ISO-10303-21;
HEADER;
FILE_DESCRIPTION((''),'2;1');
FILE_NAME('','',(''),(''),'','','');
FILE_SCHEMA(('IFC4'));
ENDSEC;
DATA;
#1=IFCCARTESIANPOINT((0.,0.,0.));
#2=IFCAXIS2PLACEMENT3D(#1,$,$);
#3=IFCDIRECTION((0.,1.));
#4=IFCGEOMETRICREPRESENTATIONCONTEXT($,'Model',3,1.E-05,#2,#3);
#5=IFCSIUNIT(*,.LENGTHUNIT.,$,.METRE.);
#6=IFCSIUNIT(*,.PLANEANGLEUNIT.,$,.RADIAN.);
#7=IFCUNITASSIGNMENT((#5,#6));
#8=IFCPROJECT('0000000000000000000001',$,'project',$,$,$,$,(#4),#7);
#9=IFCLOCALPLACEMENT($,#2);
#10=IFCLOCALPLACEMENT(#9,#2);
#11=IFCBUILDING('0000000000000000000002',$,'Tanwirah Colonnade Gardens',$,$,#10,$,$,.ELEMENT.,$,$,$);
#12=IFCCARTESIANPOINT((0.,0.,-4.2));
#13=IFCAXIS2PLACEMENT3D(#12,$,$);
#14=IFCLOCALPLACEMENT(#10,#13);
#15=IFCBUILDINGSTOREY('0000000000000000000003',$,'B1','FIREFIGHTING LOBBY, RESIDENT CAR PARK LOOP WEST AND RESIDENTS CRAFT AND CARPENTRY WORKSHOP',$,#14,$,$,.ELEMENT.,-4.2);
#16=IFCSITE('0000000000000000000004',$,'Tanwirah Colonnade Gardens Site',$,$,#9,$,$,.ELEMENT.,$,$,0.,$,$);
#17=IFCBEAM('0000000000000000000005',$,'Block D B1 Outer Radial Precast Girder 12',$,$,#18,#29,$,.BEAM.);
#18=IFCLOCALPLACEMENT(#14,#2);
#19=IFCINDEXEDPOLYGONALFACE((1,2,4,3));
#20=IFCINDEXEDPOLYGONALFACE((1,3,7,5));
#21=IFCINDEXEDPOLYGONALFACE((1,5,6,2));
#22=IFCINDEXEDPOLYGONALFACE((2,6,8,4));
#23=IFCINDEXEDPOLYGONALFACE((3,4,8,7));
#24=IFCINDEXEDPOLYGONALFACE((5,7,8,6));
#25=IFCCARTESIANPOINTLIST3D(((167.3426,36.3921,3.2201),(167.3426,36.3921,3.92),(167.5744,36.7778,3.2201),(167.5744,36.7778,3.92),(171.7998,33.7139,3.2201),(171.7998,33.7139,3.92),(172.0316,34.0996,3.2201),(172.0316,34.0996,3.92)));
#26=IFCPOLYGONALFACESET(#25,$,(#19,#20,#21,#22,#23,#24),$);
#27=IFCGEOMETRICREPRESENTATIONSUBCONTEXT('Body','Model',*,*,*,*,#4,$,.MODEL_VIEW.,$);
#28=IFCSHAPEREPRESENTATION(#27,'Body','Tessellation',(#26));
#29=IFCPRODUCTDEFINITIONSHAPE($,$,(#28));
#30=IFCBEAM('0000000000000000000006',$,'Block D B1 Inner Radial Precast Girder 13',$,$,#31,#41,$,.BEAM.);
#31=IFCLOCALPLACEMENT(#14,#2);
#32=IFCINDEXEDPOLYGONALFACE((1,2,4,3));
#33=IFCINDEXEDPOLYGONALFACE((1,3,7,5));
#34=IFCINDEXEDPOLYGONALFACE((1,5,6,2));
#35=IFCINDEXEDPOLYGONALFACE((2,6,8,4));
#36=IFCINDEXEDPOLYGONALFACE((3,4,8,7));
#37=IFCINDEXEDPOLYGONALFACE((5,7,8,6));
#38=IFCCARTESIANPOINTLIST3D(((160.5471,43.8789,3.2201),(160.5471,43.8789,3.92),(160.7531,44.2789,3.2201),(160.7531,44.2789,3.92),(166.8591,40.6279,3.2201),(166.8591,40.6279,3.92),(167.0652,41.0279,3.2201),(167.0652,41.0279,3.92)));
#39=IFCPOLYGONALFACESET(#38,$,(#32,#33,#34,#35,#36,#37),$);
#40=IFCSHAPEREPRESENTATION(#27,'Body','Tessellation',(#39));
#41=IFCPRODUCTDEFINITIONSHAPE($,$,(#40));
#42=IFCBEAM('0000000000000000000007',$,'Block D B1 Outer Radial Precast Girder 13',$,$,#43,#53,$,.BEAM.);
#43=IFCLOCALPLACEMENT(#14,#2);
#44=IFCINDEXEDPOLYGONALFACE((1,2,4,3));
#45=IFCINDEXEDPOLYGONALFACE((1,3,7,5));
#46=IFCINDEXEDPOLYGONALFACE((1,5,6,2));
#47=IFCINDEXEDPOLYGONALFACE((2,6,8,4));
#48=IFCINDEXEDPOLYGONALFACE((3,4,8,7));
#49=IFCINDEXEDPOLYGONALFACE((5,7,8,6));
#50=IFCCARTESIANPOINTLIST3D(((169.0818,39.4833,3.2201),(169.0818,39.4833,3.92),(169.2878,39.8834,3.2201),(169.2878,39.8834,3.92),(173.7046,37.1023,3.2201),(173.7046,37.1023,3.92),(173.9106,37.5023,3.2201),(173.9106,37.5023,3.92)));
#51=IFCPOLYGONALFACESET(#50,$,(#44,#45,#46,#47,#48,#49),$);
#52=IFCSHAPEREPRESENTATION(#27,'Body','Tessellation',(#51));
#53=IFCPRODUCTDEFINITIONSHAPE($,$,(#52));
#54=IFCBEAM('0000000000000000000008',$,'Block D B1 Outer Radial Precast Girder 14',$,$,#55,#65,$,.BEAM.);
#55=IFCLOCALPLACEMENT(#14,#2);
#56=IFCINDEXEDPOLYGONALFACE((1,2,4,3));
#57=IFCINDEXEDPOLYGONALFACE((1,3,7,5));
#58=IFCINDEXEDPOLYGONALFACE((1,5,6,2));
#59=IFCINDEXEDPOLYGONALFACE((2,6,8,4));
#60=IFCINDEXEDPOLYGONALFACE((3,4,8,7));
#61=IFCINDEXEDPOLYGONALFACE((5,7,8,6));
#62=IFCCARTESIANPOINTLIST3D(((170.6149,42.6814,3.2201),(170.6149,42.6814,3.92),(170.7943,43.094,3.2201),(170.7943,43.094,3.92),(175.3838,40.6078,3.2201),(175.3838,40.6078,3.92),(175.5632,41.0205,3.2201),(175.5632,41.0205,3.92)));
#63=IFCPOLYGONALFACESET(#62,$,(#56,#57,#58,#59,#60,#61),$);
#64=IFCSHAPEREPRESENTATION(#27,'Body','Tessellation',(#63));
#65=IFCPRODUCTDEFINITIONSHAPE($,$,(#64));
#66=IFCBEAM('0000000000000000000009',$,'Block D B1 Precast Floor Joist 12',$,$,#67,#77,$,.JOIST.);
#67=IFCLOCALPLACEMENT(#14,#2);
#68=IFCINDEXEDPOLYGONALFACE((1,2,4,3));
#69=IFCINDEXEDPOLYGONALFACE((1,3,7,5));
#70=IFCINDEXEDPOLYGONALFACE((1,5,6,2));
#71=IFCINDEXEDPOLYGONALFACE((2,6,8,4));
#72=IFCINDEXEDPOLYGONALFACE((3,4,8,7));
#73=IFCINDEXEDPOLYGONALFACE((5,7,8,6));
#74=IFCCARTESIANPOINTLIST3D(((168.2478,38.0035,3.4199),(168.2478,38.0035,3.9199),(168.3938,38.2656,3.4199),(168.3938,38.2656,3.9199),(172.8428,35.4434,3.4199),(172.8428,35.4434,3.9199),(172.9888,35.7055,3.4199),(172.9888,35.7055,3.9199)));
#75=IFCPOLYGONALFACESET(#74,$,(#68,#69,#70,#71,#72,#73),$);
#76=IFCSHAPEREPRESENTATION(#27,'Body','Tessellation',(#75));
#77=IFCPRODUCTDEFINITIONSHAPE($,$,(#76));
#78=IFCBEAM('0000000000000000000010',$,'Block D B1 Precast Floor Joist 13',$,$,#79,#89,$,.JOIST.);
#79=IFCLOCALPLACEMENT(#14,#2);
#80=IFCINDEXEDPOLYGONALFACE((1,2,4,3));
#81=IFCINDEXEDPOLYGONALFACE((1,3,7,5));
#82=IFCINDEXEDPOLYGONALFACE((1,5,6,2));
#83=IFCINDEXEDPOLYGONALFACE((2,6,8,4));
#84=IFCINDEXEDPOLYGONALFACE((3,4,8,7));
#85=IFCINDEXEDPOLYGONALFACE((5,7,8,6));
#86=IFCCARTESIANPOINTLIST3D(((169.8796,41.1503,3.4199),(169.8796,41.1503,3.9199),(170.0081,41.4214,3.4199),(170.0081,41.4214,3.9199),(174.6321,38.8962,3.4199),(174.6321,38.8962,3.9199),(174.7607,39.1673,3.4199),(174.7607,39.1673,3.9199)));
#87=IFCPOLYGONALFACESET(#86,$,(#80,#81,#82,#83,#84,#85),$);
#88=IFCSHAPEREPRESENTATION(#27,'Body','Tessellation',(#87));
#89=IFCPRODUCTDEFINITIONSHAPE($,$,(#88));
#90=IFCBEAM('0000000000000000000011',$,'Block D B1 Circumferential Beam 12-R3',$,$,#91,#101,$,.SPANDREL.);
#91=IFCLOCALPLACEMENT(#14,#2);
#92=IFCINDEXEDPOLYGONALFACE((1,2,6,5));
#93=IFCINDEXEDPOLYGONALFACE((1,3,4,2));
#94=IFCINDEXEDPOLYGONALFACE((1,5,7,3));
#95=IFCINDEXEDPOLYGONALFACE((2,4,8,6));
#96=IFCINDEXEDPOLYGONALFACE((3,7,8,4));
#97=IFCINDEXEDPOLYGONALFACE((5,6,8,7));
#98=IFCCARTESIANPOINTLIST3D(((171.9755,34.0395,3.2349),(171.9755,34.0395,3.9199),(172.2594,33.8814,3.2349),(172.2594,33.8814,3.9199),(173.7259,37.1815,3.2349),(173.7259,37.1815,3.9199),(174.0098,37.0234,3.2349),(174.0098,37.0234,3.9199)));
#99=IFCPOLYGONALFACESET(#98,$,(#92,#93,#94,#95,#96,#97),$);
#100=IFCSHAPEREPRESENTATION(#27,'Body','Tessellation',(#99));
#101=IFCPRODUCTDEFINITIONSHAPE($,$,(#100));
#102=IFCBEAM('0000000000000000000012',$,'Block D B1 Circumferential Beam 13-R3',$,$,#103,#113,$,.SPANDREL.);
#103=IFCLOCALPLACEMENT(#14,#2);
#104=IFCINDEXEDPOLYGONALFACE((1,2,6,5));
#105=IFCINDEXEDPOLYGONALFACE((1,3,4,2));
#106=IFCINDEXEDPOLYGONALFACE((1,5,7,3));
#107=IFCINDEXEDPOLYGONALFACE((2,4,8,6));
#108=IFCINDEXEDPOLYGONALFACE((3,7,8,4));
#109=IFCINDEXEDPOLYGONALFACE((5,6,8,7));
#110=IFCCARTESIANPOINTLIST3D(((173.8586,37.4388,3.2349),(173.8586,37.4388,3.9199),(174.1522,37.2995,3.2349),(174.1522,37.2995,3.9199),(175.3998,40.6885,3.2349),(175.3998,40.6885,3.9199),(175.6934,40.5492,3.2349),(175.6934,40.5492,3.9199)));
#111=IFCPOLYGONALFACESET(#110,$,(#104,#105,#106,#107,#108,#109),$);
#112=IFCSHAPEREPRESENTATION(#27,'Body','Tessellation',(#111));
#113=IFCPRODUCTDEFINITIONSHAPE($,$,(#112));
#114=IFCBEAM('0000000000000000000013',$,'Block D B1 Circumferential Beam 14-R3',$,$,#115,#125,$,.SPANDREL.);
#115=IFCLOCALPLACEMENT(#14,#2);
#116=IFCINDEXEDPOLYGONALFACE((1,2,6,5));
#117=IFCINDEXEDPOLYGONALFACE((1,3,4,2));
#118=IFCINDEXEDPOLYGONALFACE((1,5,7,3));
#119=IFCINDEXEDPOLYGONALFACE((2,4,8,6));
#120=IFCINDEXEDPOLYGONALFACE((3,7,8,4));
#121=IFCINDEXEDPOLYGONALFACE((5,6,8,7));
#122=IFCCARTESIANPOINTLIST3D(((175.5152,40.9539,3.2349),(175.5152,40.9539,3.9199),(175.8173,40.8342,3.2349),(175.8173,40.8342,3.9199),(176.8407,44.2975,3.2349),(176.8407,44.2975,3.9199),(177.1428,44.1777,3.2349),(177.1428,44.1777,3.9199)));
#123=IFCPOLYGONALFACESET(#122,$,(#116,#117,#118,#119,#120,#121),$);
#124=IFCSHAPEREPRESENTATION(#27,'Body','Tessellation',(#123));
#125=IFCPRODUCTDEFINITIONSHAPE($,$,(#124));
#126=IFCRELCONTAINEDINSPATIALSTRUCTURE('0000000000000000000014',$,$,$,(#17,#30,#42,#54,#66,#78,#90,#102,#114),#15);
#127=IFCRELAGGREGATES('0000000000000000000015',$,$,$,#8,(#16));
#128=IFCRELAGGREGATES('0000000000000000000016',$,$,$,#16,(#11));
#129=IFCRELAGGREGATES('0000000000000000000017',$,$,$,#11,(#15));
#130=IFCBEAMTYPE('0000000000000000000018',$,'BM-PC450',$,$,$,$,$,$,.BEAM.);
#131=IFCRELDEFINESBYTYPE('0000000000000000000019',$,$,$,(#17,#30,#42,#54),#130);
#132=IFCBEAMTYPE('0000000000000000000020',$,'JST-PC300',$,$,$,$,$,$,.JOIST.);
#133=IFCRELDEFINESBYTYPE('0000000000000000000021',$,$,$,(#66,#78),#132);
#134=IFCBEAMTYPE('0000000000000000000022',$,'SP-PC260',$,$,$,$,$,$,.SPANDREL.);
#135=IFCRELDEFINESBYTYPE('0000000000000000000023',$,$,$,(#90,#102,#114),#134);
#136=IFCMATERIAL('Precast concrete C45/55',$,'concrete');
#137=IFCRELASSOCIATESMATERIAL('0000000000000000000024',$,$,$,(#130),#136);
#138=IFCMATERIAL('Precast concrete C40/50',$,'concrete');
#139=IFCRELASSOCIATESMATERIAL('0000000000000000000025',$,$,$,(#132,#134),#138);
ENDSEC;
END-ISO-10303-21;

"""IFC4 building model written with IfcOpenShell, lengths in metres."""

from ifc_helpers import new_model, si_unit, direction, frame, origin, origin_2d, place, context, subcontext, project, spatial, rectangle, extrude, material, material_profile, profile_set, type_object, element, save


model = new_model("IFC4")

# Units and contexts
model_context = context("Model", 3, precision=1e-05, world=origin(), true_north=direction((0.0, 1.0)))
body_context = subcontext(model_context, "Body", "Model", "MODEL_VIEW")
ifc_project = project(units=[si_unit("LENGTHUNIT", "METRE"), si_unit("PLANEANGLEUNIT", "RADIAN")], contexts=[model_context])

# Site, building, storey
site_placement = place(None, origin())
site = spatial("IfcSite", under=ifc_project, at=site_placement, Name="Tanwirah Colonnade Gardens Site", CompositionType="ELEMENT", RefElevation=0.0)
building_placement = place(site_placement, origin())
building = spatial("IfcBuilding", under=site, at=building_placement, Name="Tanwirah Colonnade Gardens", CompositionType="ELEMENT")
storey_placement = place(building_placement, frame((0.0, 0.0, -4.2)))
storey = spatial("IfcBuildingStorey", under=building, at=storey_placement, Name="B1", Description="FIREFIGHTING LOBBY, RESIDENT CAR PARK LOOP WEST AND RESIDENTS CRAFT AND CARPENTRY WORKSHOP", CompositionType="ELEMENT", Elevation=-4.2)

# Beams
ifc_material_1 = material(Name="Precast concrete C40/50", Category="concrete")
ifc_material_2 = material(Name="Precast concrete C45/55", Category="concrete")
ifc_material_profile_1 = material_profile(ifc_material_2, rectangle(XDim=0.45, YDim=0.7, at=origin_2d()), Name="PC-BM 450x700")
ifc_profile_set_1 = profile_set([ifc_material_profile_1], Name="Precast concrete C45/55")
beam_type_1 = type_object("IfcBeamType", Name="BM-PC450", PredefinedType="BEAM", material=ifc_profile_set_1)
beam_1_placement = place(storey_placement, frame((167.4585, 36.585, 3.5701), z_axis=(0.857165, -0.515041, 0.0), x_axis=(0.515041, 0.857165, 0.0)))
element("IfcBeam", 1, at=beam_1_placement, inside=storey, type_object=beam_type_1, Name="Block D B1 Outer Radial Precast Girder 12", PredefinedType="BEAM", context=body_context, shape_type="SweptSolid", body=[
    extrude(rectangle(XDim=0.45, YDim=0.7, at=origin_2d()), origin(), (0.0, 0.0, 1.0), 5.2),
])
beam_2_placement = place(storey_placement, frame((166.9622, 40.8279, 3.5701), z_axis=(-0.889013, 0.457882, 0.0), x_axis=(-0.457882, -0.889013, 0.0)))
element("IfcBeam", 2, at=beam_2_placement, inside=storey, type_object=beam_type_1, Name="Block D B1 Inner Radial Precast Girder 13", PredefinedType="BEAM", context=body_context, shape_type="SweptSolid", body=[
    extrude(rectangle(XDim=0.45, YDim=0.7, at=origin_2d()), origin(), (0.0, 0.0, 1.0), 7.1001),
])
beam_3_placement = place(storey_placement, frame((169.1848, 39.6833, 3.5701), z_axis=(0.889001, -0.457905, 0.0), x_axis=(0.457905, 0.889001, 0.0)))
element("IfcBeam", 3, at=beam_3_placement, inside=storey, type_object=beam_type_1, Name="Block D B1 Outer Radial Precast Girder 13", PredefinedType="BEAM", context=body_context, shape_type="SweptSolid", body=[
    extrude(rectangle(XDim=0.45, YDim=0.7, at=origin_2d()), origin(), (0.0, 0.0, 1.0), 5.2),
])
beam_4_placement = place(storey_placement, frame((170.7046, 42.8877, 3.5701), z_axis=(0.917063, -0.398742, 0.0), x_axis=(0.398742, 0.917063, 0.0)))
element("IfcBeam", 4, at=beam_4_placement, inside=storey, type_object=beam_type_1, Name="Block D B1 Outer Radial Precast Girder 14", PredefinedType="BEAM", context=body_context, shape_type="SweptSolid", body=[
    extrude(rectangle(XDim=0.45, YDim=0.7, at=origin_2d()), origin(), (0.0, 0.0, 1.0), 5.2002),
])
ifc_material_profile_2 = material_profile(ifc_material_1, rectangle(XDim=0.3, YDim=0.5, at=origin_2d()), Name="PC-JST 300x500")
ifc_profile_set_2 = profile_set([ifc_material_profile_2], Name="Precast concrete C40/50")
beam_type_2 = type_object("IfcBeamType", Name="JST-PC300", PredefinedType="JOIST", material=ifc_profile_set_2)
for number, where, z_axis, x_axis, name in (
    (5, (168.3208, 38.1345, 3.6699), (0.873568, -0.486703, 0.0), (0.486703, 0.873568, 0.0), "Block D B1 Precast Floor Joist 12"),
    (6, (169.9438, 41.2859, 3.6699), (0.903518, -0.428551, 0.0), (0.428551, 0.903518, 0.0), "Block D B1 Precast Floor Joist 13"),
):
    element("IfcBeam", number, at=place(storey_placement, frame(where, z_axis=z_axis, x_axis=x_axis)), inside=storey, type_object=beam_type_2, Name=name, PredefinedType="JOIST", context=body_context, shape_type="SweptSolid", body=[
        extrude(rectangle(XDim=0.3, YDim=0.5, at=origin_2d()), origin(), (0.0, 0.0, 1.0), 5.26),
    ])
ifc_material_profile_3 = material_profile(ifc_material_1, rectangle(XDim=0.325, YDim=0.6851, at=origin_2d()), Name="PC-SP 325x685")
ifc_profile_set_3 = profile_set([ifc_material_profile_3], Name="Precast concrete C40/50")
beam_type_3 = type_object("IfcBeamType", Name="SP-PC260", PredefinedType="SPANDREL", material=ifc_profile_set_3)
for number, where, z_axis, x_axis, name in (
    (7, (172.1174, 33.9604, 3.5774), (0.48668, 0.87358, 0.0), (-0.87358, 0.48668, 0.0), "Block D B1 Circumferential Beam 12-R3"),
    (8, (174.0054, 37.3691, 3.5774), (0.428518, 0.903533, 0.0), (-0.903533, 0.428518, 0.0), "Block D B1 Circumferential Beam 13-R3"),
    (9, (175.6663, 40.894, 3.5774), (0.368522, 0.929619, 0.0), (-0.929619, 0.368522, 0.0), "Block D B1 Circumferential Beam 14-R3"),
):
    element("IfcBeam", number, at=place(storey_placement, frame(where, z_axis=z_axis, x_axis=x_axis)), inside=storey, type_object=beam_type_3, Name=name, PredefinedType="SPANDREL", context=body_context, shape_type="SweptSolid", body=[
        extrude(rectangle(XDim=0.325, YDim=0.6851, at=origin_2d()), origin(), (0.0, 0.0, 1.0), 3.5967),
    ])

save(model, "model.ifc")
